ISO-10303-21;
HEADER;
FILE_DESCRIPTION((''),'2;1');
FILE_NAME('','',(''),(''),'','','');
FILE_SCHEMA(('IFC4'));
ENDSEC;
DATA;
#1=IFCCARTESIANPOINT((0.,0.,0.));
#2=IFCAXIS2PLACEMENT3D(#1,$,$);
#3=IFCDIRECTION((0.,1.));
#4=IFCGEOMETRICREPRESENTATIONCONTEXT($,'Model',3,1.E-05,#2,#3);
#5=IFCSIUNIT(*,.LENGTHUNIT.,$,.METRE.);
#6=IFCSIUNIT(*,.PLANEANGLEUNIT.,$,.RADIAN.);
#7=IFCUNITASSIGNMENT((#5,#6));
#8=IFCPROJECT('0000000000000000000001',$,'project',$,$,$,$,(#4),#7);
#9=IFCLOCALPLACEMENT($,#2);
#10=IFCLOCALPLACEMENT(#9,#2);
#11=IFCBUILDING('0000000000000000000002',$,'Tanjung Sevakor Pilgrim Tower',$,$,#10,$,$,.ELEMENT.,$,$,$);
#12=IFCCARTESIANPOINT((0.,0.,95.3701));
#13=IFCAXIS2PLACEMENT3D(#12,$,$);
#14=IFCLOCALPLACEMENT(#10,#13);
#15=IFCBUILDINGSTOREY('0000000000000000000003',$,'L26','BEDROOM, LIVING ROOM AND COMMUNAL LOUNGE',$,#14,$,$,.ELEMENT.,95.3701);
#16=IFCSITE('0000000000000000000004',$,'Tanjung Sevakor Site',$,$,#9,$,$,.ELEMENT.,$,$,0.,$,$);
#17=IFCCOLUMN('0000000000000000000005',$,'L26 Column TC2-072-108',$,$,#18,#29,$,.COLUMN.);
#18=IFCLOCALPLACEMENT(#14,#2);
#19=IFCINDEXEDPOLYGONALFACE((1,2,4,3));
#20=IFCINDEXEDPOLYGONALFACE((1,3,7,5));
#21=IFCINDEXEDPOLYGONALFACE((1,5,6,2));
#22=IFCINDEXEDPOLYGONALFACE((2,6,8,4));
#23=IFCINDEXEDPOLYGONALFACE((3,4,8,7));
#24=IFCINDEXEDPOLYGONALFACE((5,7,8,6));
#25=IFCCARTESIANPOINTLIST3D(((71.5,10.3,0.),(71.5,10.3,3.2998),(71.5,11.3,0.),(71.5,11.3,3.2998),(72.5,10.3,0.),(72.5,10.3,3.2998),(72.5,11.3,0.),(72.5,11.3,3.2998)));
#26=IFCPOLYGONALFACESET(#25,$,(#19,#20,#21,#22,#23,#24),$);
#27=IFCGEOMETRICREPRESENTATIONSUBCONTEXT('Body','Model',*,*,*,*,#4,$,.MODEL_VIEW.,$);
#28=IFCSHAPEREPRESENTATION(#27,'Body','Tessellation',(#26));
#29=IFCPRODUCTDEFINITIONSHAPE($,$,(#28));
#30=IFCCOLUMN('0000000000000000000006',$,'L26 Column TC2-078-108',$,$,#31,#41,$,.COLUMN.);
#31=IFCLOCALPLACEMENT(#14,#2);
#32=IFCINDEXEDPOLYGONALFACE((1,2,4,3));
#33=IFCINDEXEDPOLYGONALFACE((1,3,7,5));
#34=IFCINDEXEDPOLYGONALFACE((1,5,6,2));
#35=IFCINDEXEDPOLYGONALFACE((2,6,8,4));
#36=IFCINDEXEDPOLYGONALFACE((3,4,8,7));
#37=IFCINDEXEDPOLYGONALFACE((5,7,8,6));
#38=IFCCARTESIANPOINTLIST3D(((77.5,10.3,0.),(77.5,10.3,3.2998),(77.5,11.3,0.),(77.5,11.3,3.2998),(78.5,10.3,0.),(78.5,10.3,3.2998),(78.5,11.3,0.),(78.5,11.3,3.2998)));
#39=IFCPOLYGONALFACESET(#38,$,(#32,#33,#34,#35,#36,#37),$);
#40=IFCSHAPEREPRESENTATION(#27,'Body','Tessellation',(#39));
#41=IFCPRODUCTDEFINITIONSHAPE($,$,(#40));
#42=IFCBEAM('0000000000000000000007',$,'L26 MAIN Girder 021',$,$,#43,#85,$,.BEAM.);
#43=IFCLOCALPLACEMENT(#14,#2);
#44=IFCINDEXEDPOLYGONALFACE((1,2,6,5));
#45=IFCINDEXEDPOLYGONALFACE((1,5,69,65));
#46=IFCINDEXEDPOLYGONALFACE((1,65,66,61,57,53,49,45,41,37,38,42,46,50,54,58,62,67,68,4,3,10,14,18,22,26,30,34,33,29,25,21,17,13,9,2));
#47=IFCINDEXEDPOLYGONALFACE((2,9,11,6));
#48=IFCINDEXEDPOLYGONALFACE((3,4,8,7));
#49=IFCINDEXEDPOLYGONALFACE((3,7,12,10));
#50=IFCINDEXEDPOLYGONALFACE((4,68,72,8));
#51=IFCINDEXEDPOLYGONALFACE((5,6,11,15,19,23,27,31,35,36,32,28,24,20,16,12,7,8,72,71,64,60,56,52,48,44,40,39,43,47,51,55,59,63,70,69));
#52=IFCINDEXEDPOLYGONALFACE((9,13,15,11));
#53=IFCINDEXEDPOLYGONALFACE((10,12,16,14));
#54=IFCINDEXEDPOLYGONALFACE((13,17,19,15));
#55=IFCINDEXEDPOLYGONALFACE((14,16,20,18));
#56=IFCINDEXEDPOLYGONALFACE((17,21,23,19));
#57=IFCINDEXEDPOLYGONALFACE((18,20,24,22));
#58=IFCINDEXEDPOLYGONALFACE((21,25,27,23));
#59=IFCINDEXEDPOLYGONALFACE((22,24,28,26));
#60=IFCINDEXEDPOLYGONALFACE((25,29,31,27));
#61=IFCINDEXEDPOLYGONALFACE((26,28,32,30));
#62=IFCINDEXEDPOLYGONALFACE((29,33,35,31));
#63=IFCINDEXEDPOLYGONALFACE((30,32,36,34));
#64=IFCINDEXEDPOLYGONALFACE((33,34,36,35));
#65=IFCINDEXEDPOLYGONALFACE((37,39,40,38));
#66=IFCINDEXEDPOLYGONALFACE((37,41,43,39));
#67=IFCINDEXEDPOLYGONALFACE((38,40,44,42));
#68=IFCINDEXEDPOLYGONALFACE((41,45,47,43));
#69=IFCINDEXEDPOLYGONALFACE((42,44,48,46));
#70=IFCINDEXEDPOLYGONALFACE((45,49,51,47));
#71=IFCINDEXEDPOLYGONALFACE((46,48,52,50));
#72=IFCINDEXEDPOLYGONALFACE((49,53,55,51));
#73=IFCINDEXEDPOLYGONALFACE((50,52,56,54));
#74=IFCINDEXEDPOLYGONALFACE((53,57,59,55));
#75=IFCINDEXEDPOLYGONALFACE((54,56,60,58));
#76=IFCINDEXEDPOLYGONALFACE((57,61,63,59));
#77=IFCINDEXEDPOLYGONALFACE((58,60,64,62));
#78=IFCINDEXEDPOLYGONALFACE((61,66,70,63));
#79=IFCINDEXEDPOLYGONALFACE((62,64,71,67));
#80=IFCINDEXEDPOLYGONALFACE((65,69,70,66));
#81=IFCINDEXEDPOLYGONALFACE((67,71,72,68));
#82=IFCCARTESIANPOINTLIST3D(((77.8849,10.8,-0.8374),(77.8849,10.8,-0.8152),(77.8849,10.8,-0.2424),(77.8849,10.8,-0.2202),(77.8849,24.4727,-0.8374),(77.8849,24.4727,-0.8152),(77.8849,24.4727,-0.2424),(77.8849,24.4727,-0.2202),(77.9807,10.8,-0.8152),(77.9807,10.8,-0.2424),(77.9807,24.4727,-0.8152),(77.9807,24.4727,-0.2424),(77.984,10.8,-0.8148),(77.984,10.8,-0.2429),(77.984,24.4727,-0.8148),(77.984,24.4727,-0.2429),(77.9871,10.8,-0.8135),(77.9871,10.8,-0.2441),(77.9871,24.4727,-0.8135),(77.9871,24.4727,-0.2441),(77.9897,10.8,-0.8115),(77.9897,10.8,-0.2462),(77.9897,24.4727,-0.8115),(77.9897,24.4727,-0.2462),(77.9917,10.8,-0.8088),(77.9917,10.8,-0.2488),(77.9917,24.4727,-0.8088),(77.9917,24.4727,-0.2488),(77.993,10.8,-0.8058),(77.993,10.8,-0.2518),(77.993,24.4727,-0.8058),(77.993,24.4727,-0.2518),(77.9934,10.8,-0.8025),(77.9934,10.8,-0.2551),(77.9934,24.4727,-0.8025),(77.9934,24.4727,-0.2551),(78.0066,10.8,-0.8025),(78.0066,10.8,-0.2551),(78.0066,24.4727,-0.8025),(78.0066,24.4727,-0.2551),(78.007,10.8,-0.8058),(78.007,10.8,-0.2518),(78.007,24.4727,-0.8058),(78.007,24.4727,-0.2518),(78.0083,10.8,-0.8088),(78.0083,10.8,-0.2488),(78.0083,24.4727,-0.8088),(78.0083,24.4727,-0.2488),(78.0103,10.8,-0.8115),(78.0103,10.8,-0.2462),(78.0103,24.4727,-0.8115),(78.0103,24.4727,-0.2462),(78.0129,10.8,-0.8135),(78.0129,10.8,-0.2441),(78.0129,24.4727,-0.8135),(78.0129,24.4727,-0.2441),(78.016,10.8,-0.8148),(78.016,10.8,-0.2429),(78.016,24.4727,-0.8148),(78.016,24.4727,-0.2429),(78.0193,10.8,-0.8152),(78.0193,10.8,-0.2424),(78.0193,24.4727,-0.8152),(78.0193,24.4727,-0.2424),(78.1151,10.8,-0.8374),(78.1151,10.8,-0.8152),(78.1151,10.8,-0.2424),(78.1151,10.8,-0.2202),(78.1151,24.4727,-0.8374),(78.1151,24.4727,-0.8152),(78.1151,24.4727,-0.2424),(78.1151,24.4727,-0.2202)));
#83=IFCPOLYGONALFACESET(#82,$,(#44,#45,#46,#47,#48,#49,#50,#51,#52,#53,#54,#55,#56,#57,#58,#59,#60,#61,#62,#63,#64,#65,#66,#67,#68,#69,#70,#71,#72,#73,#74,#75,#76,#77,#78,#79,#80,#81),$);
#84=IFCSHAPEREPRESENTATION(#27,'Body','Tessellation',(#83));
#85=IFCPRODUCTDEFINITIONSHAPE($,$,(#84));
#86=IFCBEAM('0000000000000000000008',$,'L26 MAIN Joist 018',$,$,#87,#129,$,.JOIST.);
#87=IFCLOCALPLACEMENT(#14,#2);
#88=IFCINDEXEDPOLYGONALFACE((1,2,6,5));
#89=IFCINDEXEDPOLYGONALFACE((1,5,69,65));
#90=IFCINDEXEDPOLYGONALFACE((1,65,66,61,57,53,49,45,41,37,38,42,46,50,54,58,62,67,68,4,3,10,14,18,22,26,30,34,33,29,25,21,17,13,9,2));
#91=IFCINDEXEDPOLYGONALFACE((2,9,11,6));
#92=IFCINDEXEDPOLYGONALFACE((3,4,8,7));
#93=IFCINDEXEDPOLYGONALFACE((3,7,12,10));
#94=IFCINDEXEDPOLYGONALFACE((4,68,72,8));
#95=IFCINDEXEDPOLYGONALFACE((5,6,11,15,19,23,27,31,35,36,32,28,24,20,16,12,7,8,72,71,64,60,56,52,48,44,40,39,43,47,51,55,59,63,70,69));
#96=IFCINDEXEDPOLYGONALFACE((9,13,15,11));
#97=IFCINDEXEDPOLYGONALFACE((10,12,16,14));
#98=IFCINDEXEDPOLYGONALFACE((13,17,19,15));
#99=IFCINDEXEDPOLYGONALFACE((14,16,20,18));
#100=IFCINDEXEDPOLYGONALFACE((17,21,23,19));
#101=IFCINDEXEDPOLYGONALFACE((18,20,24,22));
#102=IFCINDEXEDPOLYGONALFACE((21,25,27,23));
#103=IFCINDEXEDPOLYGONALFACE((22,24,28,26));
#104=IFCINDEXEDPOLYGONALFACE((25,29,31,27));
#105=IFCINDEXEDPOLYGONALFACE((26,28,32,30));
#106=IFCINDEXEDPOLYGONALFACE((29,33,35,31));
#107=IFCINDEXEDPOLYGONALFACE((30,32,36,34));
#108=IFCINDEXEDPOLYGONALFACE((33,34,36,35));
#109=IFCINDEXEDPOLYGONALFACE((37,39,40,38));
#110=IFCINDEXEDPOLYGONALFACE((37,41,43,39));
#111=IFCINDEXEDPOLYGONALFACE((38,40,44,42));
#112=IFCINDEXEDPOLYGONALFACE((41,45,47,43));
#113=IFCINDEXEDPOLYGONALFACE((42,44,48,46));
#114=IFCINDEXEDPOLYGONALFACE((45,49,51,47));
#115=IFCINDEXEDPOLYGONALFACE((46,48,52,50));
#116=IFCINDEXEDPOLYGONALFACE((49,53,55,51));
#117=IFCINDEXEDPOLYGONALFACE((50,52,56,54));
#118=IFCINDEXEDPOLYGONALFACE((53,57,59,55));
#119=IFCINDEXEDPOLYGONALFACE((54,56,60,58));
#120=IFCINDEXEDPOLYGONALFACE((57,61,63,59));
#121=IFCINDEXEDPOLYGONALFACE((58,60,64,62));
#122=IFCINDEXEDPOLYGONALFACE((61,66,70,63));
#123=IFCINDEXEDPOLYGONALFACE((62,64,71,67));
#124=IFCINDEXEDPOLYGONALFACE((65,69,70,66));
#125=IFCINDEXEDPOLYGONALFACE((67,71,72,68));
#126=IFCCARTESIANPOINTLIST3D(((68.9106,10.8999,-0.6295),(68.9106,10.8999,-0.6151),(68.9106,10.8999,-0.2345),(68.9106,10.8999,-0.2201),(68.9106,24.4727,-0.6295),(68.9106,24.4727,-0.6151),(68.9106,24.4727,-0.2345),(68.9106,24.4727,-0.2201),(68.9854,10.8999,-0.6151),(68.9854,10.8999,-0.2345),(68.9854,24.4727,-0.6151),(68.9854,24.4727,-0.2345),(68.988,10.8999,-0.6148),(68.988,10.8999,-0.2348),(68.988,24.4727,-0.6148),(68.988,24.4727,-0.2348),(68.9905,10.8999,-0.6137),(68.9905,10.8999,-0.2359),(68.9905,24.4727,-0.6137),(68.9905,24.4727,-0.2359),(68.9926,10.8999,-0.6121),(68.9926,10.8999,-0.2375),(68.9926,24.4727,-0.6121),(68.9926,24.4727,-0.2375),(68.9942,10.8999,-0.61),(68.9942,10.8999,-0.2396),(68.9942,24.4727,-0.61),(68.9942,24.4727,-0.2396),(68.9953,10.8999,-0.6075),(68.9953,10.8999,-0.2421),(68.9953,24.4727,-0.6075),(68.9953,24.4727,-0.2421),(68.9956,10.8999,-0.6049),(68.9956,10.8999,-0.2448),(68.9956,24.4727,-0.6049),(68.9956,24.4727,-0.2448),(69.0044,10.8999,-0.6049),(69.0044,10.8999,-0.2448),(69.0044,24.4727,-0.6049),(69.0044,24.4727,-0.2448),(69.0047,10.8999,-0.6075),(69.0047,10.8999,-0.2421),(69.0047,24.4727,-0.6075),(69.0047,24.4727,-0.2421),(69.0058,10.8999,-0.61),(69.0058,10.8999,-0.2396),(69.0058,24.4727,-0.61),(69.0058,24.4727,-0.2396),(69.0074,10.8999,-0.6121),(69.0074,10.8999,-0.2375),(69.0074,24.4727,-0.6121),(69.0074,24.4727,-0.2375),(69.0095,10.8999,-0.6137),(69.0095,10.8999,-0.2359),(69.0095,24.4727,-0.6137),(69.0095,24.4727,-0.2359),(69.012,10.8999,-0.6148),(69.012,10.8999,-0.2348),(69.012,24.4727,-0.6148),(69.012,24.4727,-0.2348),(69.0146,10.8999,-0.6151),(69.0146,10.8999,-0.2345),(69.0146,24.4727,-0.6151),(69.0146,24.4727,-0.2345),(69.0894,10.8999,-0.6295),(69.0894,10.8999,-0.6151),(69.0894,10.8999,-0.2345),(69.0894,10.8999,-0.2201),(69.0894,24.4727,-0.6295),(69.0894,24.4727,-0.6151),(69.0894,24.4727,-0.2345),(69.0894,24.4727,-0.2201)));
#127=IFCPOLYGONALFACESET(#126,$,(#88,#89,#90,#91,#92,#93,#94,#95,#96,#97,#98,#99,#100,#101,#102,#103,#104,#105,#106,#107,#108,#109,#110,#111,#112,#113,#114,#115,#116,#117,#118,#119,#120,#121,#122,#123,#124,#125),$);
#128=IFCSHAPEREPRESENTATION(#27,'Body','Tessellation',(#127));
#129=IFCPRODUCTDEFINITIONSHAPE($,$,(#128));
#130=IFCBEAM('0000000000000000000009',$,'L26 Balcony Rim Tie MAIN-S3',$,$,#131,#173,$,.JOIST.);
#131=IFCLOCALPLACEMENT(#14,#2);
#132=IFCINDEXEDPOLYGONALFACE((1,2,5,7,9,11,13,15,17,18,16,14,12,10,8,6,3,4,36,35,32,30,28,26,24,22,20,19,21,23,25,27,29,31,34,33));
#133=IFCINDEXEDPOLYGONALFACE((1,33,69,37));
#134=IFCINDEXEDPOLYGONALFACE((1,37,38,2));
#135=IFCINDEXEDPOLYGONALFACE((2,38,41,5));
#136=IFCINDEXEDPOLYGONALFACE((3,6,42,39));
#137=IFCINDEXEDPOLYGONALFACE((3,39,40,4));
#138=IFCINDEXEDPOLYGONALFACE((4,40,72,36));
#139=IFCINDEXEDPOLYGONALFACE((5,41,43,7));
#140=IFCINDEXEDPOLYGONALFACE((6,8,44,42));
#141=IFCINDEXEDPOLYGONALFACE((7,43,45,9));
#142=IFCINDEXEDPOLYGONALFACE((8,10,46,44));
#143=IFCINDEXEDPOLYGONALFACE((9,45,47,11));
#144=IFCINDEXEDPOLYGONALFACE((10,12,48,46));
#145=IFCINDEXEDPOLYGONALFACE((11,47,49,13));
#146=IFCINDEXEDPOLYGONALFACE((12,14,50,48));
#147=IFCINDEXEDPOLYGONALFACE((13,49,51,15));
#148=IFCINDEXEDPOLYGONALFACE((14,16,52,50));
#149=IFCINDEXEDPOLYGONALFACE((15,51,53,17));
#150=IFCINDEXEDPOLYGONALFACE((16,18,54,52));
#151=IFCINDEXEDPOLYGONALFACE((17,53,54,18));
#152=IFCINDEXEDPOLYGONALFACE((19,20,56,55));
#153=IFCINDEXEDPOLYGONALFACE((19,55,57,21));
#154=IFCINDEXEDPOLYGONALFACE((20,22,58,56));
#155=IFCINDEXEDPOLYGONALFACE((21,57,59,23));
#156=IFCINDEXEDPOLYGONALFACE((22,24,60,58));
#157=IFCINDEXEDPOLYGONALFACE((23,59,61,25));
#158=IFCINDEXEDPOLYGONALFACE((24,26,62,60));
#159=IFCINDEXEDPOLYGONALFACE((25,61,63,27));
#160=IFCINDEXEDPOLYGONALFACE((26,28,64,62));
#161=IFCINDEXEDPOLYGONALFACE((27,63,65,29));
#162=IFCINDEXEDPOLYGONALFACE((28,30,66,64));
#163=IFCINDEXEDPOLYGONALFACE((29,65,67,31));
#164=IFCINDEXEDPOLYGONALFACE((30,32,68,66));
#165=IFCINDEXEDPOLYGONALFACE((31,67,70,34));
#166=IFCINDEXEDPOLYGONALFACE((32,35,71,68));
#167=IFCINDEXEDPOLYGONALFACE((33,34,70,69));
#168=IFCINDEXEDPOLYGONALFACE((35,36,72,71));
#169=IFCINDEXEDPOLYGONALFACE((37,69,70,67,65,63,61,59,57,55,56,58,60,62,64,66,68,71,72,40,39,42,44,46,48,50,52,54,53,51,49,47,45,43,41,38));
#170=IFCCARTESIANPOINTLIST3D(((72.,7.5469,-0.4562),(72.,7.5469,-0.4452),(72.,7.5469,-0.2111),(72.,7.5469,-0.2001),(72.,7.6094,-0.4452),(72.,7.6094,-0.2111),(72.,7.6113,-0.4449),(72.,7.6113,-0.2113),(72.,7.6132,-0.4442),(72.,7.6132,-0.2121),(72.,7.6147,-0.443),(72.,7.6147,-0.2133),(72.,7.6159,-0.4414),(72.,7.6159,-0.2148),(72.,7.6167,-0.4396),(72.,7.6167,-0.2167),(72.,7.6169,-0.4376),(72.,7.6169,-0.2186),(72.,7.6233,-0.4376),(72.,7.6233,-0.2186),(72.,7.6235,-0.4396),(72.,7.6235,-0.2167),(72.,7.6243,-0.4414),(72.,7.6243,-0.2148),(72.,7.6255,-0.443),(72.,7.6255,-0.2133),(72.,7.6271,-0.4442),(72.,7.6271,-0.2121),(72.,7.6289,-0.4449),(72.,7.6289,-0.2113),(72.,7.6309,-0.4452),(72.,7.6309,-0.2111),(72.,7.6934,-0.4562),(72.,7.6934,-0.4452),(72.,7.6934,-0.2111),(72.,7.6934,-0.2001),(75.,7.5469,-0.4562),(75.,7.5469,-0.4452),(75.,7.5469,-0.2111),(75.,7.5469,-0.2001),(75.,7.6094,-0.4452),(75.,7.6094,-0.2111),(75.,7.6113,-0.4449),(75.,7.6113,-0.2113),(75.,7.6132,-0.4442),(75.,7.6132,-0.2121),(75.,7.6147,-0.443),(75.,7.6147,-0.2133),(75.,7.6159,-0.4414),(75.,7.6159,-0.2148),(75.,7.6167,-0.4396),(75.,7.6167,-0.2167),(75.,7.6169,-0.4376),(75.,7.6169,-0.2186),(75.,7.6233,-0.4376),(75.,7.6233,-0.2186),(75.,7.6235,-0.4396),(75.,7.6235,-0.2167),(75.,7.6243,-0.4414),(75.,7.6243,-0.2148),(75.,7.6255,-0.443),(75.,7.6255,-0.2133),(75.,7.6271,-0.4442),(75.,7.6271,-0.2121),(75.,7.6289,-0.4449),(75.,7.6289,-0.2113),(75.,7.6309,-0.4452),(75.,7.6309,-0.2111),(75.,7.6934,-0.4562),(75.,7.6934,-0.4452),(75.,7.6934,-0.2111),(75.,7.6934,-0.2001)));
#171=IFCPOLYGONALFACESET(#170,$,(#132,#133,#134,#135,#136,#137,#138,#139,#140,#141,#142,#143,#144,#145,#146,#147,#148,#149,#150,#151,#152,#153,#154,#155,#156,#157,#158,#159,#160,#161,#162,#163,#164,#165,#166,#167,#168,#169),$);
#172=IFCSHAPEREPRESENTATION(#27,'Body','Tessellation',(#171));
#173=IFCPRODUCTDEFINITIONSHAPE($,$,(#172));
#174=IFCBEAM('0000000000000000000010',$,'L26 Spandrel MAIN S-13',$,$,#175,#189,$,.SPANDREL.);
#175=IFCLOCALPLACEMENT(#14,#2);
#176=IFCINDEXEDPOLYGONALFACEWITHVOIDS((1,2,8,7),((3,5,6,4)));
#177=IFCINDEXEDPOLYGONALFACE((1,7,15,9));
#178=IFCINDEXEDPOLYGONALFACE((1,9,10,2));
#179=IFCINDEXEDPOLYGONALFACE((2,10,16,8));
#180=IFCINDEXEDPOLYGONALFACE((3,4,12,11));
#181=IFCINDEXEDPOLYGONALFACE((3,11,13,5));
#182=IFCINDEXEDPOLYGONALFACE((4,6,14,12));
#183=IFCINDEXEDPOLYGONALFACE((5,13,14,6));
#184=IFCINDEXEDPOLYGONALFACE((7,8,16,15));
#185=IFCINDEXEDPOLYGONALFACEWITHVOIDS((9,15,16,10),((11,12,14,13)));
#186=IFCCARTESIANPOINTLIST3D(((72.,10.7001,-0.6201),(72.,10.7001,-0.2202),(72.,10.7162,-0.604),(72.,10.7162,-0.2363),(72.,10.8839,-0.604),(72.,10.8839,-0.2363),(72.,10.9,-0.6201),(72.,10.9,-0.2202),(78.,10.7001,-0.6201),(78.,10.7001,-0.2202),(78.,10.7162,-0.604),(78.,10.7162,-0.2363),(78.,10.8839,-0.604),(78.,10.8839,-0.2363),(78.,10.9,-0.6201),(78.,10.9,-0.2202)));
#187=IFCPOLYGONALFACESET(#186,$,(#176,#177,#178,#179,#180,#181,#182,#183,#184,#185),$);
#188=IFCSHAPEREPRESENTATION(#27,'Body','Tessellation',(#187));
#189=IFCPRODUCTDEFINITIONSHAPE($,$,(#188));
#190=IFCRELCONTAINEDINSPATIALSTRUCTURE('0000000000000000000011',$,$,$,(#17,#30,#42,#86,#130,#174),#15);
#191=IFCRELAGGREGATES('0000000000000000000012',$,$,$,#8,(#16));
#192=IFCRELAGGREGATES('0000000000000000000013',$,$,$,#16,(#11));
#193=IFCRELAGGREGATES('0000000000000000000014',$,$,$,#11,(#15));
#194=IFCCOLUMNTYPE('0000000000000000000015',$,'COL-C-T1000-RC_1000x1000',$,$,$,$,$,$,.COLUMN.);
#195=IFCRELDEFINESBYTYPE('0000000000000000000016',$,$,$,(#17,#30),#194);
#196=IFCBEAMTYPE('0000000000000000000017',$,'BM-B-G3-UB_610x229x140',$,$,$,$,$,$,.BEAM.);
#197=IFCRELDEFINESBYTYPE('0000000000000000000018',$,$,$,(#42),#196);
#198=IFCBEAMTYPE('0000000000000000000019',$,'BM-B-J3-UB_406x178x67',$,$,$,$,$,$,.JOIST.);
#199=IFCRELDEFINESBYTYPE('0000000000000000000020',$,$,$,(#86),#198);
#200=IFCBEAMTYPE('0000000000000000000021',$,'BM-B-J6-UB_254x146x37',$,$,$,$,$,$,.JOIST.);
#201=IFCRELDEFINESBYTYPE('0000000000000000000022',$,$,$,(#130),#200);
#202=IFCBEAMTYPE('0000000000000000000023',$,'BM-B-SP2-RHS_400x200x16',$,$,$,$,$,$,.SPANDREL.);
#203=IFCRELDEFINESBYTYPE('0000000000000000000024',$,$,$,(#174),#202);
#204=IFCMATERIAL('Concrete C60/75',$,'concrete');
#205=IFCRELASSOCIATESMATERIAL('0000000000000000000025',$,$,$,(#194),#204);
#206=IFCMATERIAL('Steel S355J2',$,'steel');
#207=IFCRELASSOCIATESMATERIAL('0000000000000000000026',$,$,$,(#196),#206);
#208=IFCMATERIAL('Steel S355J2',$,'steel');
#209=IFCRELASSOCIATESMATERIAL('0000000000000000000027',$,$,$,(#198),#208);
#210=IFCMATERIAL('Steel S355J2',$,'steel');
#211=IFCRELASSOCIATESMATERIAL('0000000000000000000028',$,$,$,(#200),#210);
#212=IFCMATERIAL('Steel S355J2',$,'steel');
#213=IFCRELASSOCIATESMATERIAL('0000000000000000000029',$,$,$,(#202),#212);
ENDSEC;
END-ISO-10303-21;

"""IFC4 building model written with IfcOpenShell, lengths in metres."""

from ifc_helpers import new_model, si_unit, direction, frame, origin, origin_2d, place, context, subcontext, project, spatial, rectangle, hollow_rectangle, i_section, extrude, material, material_profile, profile_set, type_object, element, save


model = new_model("IFC4")

# Units and contexts
model_context = context("Model", 3, precision=1e-05, world=origin(), true_north=direction((0.0, 1.0)))
body_context = subcontext(model_context, "Body", "Model", "MODEL_VIEW")
ifc_project = project(units=[si_unit("LENGTHUNIT", "METRE"), si_unit("PLANEANGLEUNIT", "RADIAN")], contexts=[model_context])

# Site, building, storey
site_placement = place(None, origin())
site = spatial("IfcSite", under=ifc_project, at=site_placement, Name="Tanjung Sevakor Site", CompositionType="ELEMENT", RefElevation=0.0)
building_placement = place(site_placement, origin())
building = spatial("IfcBuilding", under=site, at=building_placement, Name="Tanjung Sevakor Pilgrim Tower", CompositionType="ELEMENT")
storey_placement = place(building_placement, frame((0.0, 0.0, 95.3701)))
storey = spatial("IfcBuildingStorey", under=building, at=storey_placement, Name="L26", Description="BEDROOM, LIVING ROOM AND COMMUNAL LOUNGE", CompositionType="ELEMENT", Elevation=95.3701)

# Columns
ifc_material_1 = material(Name="Concrete C60/75", Category="concrete")
ifc_material_profile_1 = material_profile(ifc_material_1, rectangle(XDim=1.0, YDim=1.0, at=origin_2d()))
ifc_profile_set_1 = profile_set([ifc_material_profile_1], Name="Concrete C60/75")
column_type = type_object("IfcColumnType", Name="COL-C-T1000-RC_1000x1000", PredefinedType="COLUMN", material=ifc_profile_set_1)
for number, where, z_axis, x_axis, name in (
    (1, (72.0, 10.8, 0.0), (0.0, 0.0, 1.0), (1.0, 0.0, 0.0), "L26 Column TC2-072-108"),
    (2, (78.0, 10.8, 0.0), (0.0, 0.0, 1.0), (1.0, 0.0, 0.0), "L26 Column TC2-078-108"),
):
    element("IfcColumn", number, at=place(storey_placement, frame(where, z_axis=z_axis, x_axis=x_axis)), inside=storey, type_object=column_type, Name=name, PredefinedType="COLUMN", context=body_context, shape_type="SweptSolid", body=[
        extrude(rectangle(XDim=1.0, YDim=1.0, at=origin_2d()), origin(), (0.0, 0.0, 1.0), 3.2998),
    ])

# Beams
ifc_material_2 = material(Name="Steel S355J2", Category="steel")
ifc_material_profile_2 = material_profile(ifc_material_2, i_section(OverallWidth=0.2302, OverallDepth=0.6172, WebThickness=0.0132, FlangeThickness=0.0222, FilletRadius=0.0127, at=origin_2d()))
ifc_profile_set_2 = profile_set([ifc_material_profile_2], Name="Steel S355J2")
beam_type_1 = type_object("IfcBeamType", Name="BM-B-G3-UB_610x229x140", PredefinedType="BEAM", material=ifc_profile_set_2)
beam_1_placement = place(storey_placement, frame((78.0, 10.8, -0.5288), z_axis=(0.0, 1.0, 0.0), x_axis=(-1.0, 0.0, 0.0)))
element("IfcBeam", 3, at=beam_1_placement, inside=storey, type_object=beam_type_1, Name="L26 MAIN Girder 021", PredefinedType="BEAM", context=body_context, shape_type="SweptSolid", body=[
    extrude(i_section(OverallWidth=0.2302, OverallDepth=0.6172, WebThickness=0.0132, FlangeThickness=0.0222, FilletRadius=0.0127, at=origin_2d()), origin(), (0.0, 0.0, 1.0), 13.6726),
])
ifc_material_3 = material(Name="Steel S355J2", Category="steel")
ifc_material_profile_3 = material_profile(ifc_material_3, i_section(OverallWidth=0.1787, OverallDepth=0.4094, WebThickness=0.0088, FlangeThickness=0.0144, FilletRadius=0.0103, at=origin_2d()))
ifc_profile_set_3 = profile_set([ifc_material_profile_3], Name="Steel S355J2")
beam_type_2 = type_object("IfcBeamType", Name="BM-B-J3-UB_406x178x67", PredefinedType="JOIST", material=ifc_profile_set_3)
beam_2_placement = place(storey_placement, frame((69.0, 10.8999, -0.4248), z_axis=(0.0, 1.0, 0.0), x_axis=(-1.0, 0.0, 0.0)))
element("IfcBeam", 4, at=beam_2_placement, inside=storey, type_object=beam_type_2, Name="L26 MAIN Joist 018", PredefinedType="JOIST", context=body_context, shape_type="SweptSolid", body=[
    extrude(i_section(OverallWidth=0.1787, OverallDepth=0.4094, WebThickness=0.0088, FlangeThickness=0.0144, FilletRadius=0.0103, at=origin_2d()), origin(), (0.0, 0.0, 1.0), 13.5728),
])
ifc_material_4 = material(Name="Steel S355J2", Category="steel")
ifc_material_profile_4 = material_profile(ifc_material_4, i_section(OverallWidth=0.1465, OverallDepth=0.2561, WebThickness=0.0063, FlangeThickness=0.011, FilletRadius=0.0076, at=origin_2d()))
ifc_profile_set_4 = profile_set([ifc_material_profile_4], Name="Steel S355J2")
beam_type_3 = type_object("IfcBeamType", Name="BM-B-J6-UB_254x146x37", PredefinedType="JOIST", material=ifc_profile_set_4)
beam_3_placement = place(storey_placement, frame((72.0, 7.6201, -0.3281), z_axis=(1.0, 0.0, 0.0), x_axis=(0.0, 1.0, 0.0)))
element("IfcBeam", 5, at=beam_3_placement, inside=storey, type_object=beam_type_3, Name="L26 Balcony Rim Tie MAIN-S3", PredefinedType="JOIST", context=body_context, shape_type="SweptSolid", body=[
    extrude(i_section(OverallWidth=0.1465, OverallDepth=0.2561, WebThickness=0.0063, FlangeThickness=0.011, FilletRadius=0.0076, at=origin_2d()), origin(), (0.0, 0.0, 1.0), 3.0),
])
ifc_material_5 = material(Name="Steel S355J2", Category="steel")
ifc_material_profile_5 = material_profile(ifc_material_5, hollow_rectangle(XDim=0.2, YDim=0.3999, WallThickness=0.0161, at=origin_2d()))
ifc_profile_set_5 = profile_set([ifc_material_profile_5], Name="Steel S355J2")
beam_type_4 = type_object("IfcBeamType", Name="BM-B-SP2-RHS_400x200x16", PredefinedType="SPANDREL", material=ifc_profile_set_5)
for number, where, z_axis, x_axis, name in (
    (6, (72.0, 10.8, -0.4202), (1.0, 0.0, 0.0), (0.0, 1.0, 0.0), "L26 Spandrel MAIN S-13"),
):
    element("IfcBeam", number, at=place(storey_placement, frame(where, z_axis=z_axis, x_axis=x_axis)), inside=storey, type_object=beam_type_4, Name=name, PredefinedType="SPANDREL", context=body_context, shape_type="SweptSolid", body=[
        extrude(hollow_rectangle(XDim=0.2, YDim=0.3999, WallThickness=0.0161, at=origin_2d()), origin(), (0.0, 0.0, 1.0), 6.0),
    ])

save(model, "model.ifc")
